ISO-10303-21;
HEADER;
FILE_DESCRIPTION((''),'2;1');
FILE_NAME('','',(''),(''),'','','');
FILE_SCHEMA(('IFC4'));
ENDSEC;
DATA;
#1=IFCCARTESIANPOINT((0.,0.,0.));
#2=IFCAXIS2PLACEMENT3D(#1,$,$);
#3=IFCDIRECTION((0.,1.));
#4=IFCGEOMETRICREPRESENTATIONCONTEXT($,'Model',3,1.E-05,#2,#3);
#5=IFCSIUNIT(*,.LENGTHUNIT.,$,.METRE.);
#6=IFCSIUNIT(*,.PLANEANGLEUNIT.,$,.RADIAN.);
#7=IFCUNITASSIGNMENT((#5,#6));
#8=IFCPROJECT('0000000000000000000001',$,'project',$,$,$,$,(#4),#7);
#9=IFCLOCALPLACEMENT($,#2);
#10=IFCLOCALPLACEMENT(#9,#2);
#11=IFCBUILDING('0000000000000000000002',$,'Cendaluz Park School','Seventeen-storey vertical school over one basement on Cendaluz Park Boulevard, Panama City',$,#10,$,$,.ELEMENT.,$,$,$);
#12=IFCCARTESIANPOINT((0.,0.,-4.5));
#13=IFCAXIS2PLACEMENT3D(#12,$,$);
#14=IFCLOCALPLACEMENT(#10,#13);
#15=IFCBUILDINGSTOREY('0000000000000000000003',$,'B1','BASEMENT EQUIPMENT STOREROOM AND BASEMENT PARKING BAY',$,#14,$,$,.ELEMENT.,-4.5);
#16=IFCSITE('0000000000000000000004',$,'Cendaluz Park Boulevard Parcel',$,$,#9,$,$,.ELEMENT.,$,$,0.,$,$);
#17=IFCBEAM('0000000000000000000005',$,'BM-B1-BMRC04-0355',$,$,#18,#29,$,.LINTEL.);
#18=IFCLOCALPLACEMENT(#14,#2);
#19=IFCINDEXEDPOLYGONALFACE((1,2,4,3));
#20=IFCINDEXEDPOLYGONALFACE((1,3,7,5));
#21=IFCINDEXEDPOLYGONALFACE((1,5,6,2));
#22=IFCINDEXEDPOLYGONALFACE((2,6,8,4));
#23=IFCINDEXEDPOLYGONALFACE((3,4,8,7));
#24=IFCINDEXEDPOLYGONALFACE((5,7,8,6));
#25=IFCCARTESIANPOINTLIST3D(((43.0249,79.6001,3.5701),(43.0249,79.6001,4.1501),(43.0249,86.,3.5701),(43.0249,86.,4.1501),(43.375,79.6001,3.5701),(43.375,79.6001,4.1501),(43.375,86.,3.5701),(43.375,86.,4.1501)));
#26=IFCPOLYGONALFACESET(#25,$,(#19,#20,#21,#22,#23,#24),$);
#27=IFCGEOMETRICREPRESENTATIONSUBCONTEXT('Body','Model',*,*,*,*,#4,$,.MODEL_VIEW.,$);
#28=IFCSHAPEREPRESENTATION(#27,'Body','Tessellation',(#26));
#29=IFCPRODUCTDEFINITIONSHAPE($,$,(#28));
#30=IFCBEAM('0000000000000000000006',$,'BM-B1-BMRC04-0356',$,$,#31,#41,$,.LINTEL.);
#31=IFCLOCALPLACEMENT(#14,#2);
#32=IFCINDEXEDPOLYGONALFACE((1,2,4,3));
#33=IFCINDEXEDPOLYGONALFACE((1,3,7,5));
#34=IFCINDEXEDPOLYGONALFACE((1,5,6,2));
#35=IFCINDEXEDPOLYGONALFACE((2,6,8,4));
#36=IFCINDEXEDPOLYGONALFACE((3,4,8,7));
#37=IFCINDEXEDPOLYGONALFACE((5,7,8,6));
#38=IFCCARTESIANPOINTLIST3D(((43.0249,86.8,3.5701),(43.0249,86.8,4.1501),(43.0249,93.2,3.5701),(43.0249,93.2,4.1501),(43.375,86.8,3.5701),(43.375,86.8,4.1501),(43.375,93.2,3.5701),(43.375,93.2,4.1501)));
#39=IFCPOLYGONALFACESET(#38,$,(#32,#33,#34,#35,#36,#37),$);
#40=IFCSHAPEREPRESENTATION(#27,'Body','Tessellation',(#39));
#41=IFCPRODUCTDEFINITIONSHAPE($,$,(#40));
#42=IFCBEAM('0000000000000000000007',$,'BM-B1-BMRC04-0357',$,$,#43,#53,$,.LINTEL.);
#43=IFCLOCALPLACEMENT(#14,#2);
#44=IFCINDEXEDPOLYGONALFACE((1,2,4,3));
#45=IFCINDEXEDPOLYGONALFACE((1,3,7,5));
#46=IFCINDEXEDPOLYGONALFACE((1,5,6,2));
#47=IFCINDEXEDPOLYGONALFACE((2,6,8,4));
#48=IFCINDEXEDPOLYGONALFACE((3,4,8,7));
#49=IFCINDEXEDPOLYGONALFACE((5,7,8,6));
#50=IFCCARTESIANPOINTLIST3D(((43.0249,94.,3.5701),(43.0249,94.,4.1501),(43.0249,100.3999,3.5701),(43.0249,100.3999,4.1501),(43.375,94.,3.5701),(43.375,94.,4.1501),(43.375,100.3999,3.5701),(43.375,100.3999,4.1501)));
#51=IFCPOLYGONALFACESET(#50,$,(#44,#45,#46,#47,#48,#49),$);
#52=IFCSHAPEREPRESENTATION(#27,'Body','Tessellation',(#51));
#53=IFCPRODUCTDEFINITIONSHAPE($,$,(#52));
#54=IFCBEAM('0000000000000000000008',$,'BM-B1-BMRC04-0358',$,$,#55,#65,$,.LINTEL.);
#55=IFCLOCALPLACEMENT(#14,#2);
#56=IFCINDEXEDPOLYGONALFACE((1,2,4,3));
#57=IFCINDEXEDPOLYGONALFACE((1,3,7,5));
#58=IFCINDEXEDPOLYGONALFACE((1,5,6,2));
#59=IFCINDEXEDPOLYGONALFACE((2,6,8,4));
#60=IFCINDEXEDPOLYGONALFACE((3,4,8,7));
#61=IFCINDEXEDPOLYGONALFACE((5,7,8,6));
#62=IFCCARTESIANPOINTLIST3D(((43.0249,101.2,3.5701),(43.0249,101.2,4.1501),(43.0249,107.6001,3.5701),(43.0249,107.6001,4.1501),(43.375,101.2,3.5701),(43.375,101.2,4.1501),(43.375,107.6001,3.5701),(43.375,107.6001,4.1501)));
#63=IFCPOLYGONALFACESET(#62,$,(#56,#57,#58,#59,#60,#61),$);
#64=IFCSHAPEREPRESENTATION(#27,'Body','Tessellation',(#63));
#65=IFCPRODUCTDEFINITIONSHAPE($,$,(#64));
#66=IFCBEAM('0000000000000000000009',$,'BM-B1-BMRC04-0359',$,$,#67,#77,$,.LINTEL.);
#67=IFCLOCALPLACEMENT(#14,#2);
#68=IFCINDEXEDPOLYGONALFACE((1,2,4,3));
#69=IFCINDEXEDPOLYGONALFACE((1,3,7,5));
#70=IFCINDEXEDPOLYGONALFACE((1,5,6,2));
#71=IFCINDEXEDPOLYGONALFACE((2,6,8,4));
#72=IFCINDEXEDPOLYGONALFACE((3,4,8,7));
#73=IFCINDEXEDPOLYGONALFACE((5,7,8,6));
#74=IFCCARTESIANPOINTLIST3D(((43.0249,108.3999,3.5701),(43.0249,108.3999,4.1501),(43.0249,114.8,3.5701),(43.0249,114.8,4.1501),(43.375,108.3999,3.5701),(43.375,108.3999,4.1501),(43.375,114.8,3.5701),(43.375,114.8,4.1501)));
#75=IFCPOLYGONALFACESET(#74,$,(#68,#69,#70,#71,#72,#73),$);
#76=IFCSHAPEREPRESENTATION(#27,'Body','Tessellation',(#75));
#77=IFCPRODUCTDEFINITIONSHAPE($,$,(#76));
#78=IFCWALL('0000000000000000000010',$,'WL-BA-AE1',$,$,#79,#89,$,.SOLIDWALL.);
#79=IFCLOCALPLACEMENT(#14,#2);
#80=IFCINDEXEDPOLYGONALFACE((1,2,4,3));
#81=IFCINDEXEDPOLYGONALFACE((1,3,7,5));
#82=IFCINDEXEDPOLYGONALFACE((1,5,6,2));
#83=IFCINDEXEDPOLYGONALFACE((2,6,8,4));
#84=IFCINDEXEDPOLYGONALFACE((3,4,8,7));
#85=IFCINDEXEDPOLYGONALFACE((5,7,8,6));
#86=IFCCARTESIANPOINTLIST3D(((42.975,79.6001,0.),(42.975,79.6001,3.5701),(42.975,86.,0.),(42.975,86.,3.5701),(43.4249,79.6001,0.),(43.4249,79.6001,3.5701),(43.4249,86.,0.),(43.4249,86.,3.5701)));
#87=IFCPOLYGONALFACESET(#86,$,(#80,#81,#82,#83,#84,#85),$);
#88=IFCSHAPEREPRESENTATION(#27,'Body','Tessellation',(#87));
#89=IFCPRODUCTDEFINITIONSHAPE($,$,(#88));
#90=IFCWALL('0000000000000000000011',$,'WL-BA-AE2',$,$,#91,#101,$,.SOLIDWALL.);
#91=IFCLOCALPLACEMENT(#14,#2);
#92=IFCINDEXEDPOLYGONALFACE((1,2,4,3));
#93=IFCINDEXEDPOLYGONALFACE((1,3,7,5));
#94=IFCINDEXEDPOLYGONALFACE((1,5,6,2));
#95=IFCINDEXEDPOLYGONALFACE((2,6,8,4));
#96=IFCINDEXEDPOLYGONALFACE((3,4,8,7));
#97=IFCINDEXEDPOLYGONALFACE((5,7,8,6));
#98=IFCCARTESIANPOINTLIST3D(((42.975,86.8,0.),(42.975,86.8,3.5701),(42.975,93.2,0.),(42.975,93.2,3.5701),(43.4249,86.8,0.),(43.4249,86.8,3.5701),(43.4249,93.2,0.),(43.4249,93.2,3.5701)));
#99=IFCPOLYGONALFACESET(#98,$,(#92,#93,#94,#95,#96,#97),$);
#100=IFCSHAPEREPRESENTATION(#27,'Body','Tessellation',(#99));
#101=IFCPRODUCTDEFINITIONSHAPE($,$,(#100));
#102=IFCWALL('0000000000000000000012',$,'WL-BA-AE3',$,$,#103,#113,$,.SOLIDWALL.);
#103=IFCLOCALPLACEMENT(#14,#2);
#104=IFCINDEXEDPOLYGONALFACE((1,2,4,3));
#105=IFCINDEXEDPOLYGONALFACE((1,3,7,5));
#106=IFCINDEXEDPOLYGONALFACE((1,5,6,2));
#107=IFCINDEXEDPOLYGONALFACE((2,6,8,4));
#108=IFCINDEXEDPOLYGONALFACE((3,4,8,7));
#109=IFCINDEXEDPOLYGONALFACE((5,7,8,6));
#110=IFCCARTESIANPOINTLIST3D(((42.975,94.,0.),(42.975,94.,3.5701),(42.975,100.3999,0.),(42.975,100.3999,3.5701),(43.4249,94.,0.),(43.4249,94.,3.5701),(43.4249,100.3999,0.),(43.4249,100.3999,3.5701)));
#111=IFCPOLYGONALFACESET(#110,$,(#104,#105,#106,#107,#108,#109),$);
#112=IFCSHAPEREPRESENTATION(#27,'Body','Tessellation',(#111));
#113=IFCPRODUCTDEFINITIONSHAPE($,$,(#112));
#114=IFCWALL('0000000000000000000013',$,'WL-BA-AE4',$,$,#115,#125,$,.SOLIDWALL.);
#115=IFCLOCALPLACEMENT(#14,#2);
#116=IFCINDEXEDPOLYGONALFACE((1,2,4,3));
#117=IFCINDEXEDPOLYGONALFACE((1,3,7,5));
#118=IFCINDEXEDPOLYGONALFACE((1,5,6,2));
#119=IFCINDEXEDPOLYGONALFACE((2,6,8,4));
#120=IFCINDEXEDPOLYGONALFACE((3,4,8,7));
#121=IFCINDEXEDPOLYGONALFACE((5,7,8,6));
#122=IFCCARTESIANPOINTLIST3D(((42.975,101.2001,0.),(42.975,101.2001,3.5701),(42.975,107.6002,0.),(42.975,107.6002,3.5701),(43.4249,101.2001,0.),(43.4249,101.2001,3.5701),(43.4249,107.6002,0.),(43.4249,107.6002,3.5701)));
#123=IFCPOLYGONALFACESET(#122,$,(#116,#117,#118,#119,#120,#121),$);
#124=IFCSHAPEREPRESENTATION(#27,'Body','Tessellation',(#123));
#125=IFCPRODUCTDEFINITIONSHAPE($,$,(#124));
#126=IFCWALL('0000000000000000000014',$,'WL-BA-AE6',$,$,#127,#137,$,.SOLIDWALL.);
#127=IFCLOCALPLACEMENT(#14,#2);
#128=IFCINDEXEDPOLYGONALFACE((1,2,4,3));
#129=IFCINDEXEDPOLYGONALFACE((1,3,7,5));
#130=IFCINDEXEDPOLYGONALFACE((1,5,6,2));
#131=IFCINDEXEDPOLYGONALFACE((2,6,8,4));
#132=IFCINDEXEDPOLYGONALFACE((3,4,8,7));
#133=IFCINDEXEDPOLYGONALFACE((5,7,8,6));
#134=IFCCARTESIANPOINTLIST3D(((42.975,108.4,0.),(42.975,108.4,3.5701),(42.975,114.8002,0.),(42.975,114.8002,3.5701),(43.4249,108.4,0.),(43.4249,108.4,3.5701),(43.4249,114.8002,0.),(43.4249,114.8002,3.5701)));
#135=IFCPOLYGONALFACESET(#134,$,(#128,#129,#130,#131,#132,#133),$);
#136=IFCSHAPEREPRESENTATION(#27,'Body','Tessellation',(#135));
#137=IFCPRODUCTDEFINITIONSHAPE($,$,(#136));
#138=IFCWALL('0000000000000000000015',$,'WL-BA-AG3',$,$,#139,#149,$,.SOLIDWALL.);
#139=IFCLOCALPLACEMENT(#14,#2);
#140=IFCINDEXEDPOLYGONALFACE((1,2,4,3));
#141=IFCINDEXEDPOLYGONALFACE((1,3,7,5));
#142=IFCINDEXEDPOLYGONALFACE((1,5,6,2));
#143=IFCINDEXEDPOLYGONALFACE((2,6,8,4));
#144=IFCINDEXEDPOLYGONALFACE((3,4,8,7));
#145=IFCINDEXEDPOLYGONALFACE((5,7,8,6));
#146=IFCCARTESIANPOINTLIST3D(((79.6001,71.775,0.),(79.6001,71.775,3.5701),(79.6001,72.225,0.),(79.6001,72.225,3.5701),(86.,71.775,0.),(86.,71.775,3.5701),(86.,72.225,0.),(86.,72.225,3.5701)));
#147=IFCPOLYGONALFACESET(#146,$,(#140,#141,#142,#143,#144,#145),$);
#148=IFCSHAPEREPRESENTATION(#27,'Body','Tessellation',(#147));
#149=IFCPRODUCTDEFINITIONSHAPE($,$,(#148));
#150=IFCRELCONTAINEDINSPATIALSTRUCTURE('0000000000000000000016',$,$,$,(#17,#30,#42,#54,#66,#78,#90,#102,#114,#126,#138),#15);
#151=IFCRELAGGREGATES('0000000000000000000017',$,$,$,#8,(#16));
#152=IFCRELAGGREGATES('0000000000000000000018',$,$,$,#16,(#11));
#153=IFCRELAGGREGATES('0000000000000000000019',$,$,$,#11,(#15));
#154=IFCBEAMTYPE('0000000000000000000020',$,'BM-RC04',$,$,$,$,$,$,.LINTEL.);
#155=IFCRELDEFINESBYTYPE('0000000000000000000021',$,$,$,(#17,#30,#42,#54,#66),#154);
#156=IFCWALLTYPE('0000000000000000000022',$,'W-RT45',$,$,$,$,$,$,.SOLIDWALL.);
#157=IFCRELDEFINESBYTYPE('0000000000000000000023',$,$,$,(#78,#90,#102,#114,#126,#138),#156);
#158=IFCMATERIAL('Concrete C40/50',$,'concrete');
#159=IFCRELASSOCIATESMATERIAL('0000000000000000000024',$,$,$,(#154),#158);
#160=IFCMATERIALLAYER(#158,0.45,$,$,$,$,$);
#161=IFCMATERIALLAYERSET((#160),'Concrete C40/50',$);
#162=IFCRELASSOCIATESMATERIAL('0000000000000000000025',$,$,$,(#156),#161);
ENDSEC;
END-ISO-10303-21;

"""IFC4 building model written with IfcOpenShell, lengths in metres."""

from ifc_helpers import new_model, si_unit, direction, frame, frame_2d, origin, origin_2d, place, context, subcontext, project, spatial, rectangle, extrude, material, layer, layer_set, material_profile, profile_set, type_object, element, save


model = new_model("IFC4")

# Units and contexts
model_context = context("Model", 3, precision=1e-05, world=origin(), true_north=direction((0.0, 1.0)))
body_context = subcontext(model_context, "Body", "Model", "MODEL_VIEW")
ifc_project = project(units=[si_unit("LENGTHUNIT", "METRE"), si_unit("PLANEANGLEUNIT", "RADIAN")], contexts=[model_context])

# Site, building, storey
site_placement = place(None, origin())
site = spatial("IfcSite", under=ifc_project, at=site_placement, Name="Cendaluz Park Boulevard Parcel", CompositionType="ELEMENT", RefElevation=0.0)
building_placement = place(site_placement, origin())
building = spatial("IfcBuilding", under=site, at=building_placement, Name="Cendaluz Park School", Description="Seventeen-storey vertical school over one basement on Cendaluz Park Boulevard, Panama City", CompositionType="ELEMENT")
storey_placement = place(building_placement, frame((0.0, 0.0, -4.5)))
storey = spatial("IfcBuildingStorey", under=building, at=storey_placement, Name="B1", Description="BASEMENT EQUIPMENT STOREROOM AND BASEMENT PARKING BAY", CompositionType="ELEMENT", Elevation=-4.5)

# Shared definitions
ifc_material = material(Name="Concrete C40/50", Category="concrete")

# Beams
ifc_material_profile_1 = material_profile(ifc_material, rectangle(XDim=0.3501, YDim=0.5801, at=origin_2d()), Name="RC 350x580", Category="concrete")
ifc_profile_set_1 = profile_set([ifc_material_profile_1], Name="Concrete C40/50")
beam_type = type_object("IfcBeamType", Name="BM-RC04", PredefinedType="LINTEL", material=ifc_profile_set_1)
for number, where, z_axis, x_axis, name in (
    (1, (43.2, 79.6001, 3.8601), (0.0, 1.0, 0.0), (-1.0, 0.0, 0.0), "BM-B1-BMRC04-0355"),
    (2, (43.2, 86.8, 3.8601), (0.0, 1.0, 0.0), (-1.0, 0.0, 0.0), "BM-B1-BMRC04-0356"),
    (3, (43.2, 94.0, 3.8601), (0.0, 1.0, 0.0), (-1.0, 0.0, 0.0), "BM-B1-BMRC04-0357"),
):
    element("IfcBeam", number, at=place(storey_placement, frame(where, z_axis=z_axis, x_axis=x_axis)), inside=storey, type_object=beam_type, Name=name, PredefinedType="LINTEL", context=body_context, shape_type="SweptSolid", body=[
        extrude(rectangle(XDim=0.3501, YDim=0.5801, at=origin_2d()), origin(), (0.0, 0.0, 1.0), 6.3999),
    ])
for number, where, z_axis, x_axis, name in (
    (4, (43.2, 101.2, 3.8601), (0.0, 1.0, 0.0), (-1.0, 0.0, 0.0), "BM-B1-BMRC04-0358"),
    (5, (43.2, 108.3999, 3.8601), (0.0, 1.0, 0.0), (-1.0, 0.0, 0.0), "BM-B1-BMRC04-0359"),
):
    element("IfcBeam", number, at=place(storey_placement, frame(where, z_axis=z_axis, x_axis=x_axis)), inside=storey, type_object=beam_type, Name=name, PredefinedType="LINTEL", context=body_context, shape_type="SweptSolid", body=[
        extrude(rectangle(XDim=0.3501, YDim=0.5801, at=origin_2d()), origin(), (0.0, 0.0, 1.0), 6.4001),
    ])

# Walls
ifc_layer = layer(ifc_material, 0.45)
ifc_layer_set = layer_set([ifc_layer], Name="Concrete C40/50")
wall_type = type_object("IfcWallType", Name="W-RT45", PredefinedType="SOLIDWALL", material=ifc_layer_set)
for number, where, z_axis, x_axis, name in (
    (6, (43.2, 79.6001, 0.0), (0.0, 0.0, 1.0), (0.0, 1.0, 0.0), "WL-BA-AE1"),
    (7, (43.2, 86.8, 0.0), (0.0, 0.0, 1.0), (0.0, 1.0, 0.0), "WL-BA-AE2"),
    (8, (43.2, 94.0, 0.0), (0.0, 0.0, 1.0), (0.0, 1.0, 0.0), "WL-BA-AE3"),
):
    element("IfcWall", number, at=place(storey_placement, frame(where, z_axis=z_axis, x_axis=x_axis)), inside=storey, type_object=wall_type, Name=name, PredefinedType="SOLIDWALL", context=body_context, shape_type="SweptSolid", body=[
        extrude(rectangle(XDim=6.3999, YDim=0.45, at=frame_2d((3.2, 0.0))), origin(), (0.0, 0.0, 1.0), 3.5701),
    ])
for number, where, z_axis, x_axis, name in (
    (9, (43.2, 101.2, 0.0), (0.0, 0.0, 1.0), (0.0, 1.0, 0.0), "WL-BA-AE4"),
    (10, (43.2, 108.3999, 0.0), (0.0, 0.0, 1.0), (0.0, 1.0, 0.0), "WL-BA-AE6"),
):
    element("IfcWall", number, at=place(storey_placement, frame(where, z_axis=z_axis, x_axis=x_axis)), inside=storey, type_object=wall_type, Name=name, PredefinedType="SOLIDWALL", context=body_context, shape_type="SweptSolid", body=[
        extrude(rectangle(XDim=6.4001, YDim=0.45, at=frame_2d((3.2002, 0.0))), origin(), (0.0, 0.0, 1.0), 3.5701),
    ])
wall_placement = place(storey_placement, frame((79.6001, 72.0, 0.0), z_axis=(0.0, 0.0, 1.0), x_axis=(1.0, 0.0, 0.0)))
element("IfcWall", 11, at=wall_placement, inside=storey, type_object=wall_type, Name="WL-BA-AG3", PredefinedType="SOLIDWALL", context=body_context, shape_type="SweptSolid", body=[
    extrude(rectangle(XDim=6.3999, YDim=0.45, at=frame_2d((3.2, 0.0))), origin(), (0.0, 0.0, 1.0), 3.5701),
])

save(model, "model.ifc")
